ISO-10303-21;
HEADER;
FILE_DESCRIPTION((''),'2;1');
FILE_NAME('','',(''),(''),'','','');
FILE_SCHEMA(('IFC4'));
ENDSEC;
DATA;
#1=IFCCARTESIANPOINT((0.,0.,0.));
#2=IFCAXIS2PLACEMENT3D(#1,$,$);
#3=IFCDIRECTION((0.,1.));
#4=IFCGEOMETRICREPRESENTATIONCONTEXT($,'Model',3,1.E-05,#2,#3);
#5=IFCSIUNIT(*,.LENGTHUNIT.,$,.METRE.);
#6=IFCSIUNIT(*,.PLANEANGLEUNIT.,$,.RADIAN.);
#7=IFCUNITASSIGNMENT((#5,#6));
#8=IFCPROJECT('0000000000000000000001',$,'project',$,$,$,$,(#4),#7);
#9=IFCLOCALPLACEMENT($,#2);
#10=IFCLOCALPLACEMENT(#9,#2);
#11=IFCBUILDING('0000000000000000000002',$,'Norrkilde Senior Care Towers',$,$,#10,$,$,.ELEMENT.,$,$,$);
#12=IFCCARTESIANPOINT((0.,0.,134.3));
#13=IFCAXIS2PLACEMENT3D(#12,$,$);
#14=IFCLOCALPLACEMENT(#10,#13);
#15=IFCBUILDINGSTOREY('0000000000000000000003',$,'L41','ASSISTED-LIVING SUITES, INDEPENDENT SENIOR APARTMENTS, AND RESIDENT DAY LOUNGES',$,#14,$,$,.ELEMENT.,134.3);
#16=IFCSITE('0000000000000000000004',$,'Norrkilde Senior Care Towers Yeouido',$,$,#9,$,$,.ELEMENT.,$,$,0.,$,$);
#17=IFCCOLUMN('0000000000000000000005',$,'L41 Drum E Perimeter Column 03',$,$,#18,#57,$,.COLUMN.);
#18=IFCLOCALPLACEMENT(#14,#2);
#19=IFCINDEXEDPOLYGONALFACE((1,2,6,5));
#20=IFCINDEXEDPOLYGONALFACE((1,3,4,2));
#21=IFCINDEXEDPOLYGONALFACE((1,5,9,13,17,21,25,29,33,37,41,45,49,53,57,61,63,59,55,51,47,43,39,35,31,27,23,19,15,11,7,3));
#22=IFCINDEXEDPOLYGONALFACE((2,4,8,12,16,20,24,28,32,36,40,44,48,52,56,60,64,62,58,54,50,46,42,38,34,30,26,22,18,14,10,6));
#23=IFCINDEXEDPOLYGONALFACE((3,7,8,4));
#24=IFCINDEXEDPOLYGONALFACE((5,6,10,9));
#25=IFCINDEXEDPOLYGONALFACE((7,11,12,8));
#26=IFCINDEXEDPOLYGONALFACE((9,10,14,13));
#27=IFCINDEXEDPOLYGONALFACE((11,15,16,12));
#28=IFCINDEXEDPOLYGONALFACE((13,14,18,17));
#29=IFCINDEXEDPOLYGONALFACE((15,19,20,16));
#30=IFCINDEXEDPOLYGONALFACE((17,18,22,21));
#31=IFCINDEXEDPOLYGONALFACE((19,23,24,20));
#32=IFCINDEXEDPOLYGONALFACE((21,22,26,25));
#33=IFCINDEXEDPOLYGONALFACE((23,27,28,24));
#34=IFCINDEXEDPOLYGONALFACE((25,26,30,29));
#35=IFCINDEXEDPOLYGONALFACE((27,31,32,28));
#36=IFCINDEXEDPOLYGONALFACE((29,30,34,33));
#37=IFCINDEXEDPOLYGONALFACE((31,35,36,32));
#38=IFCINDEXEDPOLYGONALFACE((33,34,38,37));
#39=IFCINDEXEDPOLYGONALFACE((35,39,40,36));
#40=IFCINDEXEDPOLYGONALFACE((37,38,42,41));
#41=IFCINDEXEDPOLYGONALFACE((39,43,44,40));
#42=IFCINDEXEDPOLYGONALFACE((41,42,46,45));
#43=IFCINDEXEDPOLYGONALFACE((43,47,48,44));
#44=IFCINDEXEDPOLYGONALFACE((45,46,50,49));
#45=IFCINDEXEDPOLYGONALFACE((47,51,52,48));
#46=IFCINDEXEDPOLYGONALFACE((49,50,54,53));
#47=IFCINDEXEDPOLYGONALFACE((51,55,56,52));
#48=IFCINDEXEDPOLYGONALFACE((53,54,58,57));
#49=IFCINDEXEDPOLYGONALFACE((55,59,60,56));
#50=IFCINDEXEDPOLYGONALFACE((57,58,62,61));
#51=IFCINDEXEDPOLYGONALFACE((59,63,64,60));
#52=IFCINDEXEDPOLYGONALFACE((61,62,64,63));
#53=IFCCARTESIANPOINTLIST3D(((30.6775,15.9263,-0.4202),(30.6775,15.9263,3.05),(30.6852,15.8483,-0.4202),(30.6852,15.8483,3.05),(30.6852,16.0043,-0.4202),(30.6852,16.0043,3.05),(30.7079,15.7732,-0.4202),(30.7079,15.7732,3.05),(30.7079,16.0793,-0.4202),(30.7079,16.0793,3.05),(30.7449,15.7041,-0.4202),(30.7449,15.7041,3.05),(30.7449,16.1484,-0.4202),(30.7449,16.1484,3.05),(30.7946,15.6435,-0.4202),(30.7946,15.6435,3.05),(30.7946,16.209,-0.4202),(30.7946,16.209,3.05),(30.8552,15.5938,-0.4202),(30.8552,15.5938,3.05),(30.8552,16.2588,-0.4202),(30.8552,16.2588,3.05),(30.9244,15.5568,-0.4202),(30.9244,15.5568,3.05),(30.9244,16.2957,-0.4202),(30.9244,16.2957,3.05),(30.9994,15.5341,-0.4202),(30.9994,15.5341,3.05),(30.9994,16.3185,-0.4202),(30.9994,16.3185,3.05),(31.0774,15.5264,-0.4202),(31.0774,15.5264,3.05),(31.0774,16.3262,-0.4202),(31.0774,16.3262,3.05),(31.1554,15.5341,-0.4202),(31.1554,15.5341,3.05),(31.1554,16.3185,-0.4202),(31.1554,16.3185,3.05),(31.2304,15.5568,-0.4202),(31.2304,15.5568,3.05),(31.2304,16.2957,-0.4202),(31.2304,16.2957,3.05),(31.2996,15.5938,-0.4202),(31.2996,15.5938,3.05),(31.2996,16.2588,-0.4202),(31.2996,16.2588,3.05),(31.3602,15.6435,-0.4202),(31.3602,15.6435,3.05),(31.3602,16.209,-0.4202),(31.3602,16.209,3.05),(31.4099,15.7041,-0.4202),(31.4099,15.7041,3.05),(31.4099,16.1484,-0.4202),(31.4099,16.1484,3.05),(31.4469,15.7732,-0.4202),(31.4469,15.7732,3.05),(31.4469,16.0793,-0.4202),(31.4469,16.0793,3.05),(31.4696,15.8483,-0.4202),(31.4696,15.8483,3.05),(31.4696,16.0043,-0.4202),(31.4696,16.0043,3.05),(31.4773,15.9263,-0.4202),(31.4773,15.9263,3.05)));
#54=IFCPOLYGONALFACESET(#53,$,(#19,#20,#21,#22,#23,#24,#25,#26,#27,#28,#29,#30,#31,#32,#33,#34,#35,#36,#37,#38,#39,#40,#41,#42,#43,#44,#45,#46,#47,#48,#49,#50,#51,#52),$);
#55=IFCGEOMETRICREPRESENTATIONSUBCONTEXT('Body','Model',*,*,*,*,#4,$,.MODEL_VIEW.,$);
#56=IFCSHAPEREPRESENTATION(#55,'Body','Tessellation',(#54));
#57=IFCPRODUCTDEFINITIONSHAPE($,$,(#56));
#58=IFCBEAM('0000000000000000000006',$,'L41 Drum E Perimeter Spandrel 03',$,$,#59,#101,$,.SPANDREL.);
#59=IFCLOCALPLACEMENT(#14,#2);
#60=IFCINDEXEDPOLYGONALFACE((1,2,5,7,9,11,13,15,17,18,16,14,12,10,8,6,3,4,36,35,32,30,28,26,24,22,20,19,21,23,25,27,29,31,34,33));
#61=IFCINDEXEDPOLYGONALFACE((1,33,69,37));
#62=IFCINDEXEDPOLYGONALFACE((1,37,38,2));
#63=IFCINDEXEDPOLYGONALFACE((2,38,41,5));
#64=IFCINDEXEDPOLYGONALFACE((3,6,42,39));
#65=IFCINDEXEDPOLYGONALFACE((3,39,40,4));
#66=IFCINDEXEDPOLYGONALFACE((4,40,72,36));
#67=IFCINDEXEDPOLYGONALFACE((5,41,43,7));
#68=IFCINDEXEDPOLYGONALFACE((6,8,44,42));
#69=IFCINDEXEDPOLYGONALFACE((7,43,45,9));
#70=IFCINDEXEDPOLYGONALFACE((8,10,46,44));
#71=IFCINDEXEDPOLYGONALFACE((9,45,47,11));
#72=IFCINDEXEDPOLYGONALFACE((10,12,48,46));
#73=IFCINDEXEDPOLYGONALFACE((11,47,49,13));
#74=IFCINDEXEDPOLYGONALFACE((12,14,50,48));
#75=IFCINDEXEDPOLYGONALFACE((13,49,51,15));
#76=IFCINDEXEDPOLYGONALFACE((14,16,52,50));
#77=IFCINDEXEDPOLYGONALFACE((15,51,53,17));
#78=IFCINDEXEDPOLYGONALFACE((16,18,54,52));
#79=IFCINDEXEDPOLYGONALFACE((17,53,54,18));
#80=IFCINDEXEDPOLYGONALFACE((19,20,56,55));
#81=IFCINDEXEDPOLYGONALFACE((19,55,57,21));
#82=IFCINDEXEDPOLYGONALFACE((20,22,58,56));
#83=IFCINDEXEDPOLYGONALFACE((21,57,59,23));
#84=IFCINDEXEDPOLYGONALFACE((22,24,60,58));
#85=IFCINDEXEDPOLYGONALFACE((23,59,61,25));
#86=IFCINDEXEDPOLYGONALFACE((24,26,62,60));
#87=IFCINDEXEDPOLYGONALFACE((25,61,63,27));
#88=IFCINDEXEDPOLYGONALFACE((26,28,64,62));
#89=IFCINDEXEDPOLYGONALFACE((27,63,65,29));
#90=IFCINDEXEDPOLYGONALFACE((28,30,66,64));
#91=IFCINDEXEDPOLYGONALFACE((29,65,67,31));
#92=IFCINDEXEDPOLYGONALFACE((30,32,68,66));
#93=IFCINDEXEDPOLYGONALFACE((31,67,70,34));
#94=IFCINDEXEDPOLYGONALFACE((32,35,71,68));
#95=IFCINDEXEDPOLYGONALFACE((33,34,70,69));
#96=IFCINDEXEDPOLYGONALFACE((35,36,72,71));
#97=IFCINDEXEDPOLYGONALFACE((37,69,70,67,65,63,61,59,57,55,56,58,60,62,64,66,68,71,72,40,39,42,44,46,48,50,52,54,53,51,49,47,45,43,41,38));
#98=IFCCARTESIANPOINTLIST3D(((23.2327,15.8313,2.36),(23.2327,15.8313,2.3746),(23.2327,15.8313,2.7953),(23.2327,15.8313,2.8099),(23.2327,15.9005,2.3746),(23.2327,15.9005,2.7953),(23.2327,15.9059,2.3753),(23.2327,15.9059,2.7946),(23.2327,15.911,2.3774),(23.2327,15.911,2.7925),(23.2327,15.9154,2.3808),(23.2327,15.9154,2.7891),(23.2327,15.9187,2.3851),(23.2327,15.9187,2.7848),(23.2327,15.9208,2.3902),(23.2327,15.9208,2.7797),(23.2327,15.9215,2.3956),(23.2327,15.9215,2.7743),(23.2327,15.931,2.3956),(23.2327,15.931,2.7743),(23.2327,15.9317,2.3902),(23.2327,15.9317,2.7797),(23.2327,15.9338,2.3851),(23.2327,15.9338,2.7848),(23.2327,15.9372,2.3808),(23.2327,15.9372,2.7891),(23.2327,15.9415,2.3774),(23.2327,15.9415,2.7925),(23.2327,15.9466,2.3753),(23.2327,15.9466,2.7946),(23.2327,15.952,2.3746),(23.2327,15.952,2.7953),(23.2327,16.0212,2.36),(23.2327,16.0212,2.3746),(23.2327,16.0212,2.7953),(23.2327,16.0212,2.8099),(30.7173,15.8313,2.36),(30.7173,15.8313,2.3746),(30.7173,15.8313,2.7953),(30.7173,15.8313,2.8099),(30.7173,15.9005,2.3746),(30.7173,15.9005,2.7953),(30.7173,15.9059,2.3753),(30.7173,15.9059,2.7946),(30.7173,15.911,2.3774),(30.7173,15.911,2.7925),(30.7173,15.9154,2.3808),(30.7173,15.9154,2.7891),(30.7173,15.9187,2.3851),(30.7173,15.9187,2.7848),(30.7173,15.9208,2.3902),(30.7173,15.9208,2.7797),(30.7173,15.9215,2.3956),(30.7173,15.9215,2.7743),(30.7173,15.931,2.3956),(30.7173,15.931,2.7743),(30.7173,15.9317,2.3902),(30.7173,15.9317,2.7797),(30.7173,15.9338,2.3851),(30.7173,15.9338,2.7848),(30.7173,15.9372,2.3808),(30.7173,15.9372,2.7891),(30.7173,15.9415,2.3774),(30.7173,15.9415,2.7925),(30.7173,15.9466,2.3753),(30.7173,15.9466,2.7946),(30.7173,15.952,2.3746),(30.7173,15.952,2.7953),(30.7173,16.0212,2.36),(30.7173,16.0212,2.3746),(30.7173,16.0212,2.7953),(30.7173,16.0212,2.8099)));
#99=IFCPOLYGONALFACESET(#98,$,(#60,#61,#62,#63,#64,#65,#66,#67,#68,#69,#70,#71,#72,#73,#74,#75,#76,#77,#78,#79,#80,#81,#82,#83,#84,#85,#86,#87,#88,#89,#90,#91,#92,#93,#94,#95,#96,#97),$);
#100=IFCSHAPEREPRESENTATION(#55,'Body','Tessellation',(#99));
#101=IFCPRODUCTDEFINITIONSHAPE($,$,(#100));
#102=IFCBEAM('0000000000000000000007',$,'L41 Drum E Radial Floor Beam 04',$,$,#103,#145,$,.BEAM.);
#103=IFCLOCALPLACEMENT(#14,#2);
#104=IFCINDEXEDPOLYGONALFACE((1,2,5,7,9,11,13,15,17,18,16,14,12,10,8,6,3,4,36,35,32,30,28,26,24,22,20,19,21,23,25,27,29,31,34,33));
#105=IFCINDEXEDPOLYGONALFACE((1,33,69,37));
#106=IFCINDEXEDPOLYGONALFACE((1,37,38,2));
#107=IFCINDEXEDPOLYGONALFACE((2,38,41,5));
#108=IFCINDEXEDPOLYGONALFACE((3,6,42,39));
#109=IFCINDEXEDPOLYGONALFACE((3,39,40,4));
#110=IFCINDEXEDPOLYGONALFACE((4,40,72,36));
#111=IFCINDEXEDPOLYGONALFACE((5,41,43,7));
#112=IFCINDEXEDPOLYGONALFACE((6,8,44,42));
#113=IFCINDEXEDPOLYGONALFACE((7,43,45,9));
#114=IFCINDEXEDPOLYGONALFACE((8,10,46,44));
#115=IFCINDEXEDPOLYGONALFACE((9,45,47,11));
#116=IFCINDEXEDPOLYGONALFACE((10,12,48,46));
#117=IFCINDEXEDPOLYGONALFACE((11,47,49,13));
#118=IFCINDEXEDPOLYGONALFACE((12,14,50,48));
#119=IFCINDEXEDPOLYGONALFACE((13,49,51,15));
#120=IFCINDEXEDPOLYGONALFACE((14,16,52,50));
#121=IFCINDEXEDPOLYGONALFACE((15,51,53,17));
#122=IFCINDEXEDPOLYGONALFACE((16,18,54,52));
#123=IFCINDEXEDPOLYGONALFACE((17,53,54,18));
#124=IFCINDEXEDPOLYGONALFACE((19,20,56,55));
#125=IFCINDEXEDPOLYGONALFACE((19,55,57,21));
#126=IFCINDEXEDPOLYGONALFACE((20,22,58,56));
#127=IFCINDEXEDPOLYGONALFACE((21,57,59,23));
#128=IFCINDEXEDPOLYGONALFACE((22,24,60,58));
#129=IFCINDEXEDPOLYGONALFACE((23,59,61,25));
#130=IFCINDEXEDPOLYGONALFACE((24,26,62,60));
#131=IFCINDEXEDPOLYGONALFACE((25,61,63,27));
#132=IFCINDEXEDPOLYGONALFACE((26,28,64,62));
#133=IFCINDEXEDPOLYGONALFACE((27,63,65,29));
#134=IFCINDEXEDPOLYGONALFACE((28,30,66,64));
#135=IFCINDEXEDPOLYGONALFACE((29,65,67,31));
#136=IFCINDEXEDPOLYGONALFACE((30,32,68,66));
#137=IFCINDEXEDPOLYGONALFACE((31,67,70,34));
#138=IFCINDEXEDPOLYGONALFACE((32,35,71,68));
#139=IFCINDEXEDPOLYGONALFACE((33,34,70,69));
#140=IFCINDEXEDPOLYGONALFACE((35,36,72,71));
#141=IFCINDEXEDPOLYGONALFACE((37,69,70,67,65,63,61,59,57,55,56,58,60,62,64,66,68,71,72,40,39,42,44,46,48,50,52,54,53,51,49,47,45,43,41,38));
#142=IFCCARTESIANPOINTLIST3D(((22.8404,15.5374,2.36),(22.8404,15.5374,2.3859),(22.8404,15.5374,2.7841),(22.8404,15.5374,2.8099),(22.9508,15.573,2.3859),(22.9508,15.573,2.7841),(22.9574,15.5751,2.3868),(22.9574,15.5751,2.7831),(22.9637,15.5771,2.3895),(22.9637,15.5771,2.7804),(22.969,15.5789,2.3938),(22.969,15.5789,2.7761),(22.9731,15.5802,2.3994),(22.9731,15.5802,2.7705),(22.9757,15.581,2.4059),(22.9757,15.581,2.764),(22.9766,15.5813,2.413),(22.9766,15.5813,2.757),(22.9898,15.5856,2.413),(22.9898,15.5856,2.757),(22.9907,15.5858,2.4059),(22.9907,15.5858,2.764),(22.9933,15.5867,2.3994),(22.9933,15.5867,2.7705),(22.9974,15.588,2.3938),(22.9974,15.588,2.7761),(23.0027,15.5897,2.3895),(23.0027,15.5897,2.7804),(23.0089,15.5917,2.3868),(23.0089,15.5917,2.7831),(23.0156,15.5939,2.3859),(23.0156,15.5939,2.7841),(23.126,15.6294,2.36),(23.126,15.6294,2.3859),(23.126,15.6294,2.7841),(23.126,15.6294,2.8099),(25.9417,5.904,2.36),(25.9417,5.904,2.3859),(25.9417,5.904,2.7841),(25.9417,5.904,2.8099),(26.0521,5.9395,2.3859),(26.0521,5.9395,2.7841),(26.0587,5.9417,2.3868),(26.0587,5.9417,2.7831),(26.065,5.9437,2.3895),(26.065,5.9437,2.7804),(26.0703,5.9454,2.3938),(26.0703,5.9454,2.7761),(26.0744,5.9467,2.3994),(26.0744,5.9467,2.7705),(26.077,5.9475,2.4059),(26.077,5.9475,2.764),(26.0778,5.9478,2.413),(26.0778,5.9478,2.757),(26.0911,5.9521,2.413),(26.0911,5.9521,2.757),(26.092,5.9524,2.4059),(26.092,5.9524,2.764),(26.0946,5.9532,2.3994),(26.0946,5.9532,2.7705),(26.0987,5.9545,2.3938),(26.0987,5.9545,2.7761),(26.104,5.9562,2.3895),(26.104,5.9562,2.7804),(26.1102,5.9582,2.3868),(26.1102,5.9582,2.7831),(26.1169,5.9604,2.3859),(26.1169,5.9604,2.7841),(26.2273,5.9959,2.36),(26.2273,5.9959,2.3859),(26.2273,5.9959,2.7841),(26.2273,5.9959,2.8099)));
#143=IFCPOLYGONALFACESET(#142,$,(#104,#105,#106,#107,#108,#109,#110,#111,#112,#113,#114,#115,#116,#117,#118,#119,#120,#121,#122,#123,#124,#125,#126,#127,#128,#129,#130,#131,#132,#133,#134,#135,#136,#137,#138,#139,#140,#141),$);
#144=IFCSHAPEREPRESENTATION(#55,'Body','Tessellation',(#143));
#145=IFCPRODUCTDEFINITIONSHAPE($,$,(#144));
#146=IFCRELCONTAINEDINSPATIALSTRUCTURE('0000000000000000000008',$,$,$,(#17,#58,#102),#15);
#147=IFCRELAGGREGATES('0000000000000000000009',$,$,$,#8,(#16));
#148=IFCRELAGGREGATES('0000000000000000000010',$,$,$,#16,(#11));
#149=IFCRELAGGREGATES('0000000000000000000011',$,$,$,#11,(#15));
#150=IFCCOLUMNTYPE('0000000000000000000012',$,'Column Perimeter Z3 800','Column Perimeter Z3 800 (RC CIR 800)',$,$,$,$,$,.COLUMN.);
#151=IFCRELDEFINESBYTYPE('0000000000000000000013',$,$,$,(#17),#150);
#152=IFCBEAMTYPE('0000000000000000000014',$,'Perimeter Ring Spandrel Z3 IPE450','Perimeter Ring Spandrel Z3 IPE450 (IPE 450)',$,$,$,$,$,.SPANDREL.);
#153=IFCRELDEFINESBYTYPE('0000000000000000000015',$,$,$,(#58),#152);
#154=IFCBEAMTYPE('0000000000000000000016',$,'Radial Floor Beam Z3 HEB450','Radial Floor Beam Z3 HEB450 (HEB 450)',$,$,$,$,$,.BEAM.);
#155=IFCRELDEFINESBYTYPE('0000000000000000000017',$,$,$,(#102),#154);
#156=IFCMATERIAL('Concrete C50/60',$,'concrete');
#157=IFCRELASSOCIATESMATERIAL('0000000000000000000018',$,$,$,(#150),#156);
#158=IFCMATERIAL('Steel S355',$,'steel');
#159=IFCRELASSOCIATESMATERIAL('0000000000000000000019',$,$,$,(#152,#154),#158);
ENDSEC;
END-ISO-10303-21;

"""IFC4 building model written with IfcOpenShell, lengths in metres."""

from ifc_helpers import new_model, si_unit, direction, frame, origin, origin_2d, place, context, subcontext, project, spatial, circle, i_section, extrude, source, transform, mapped, material, material_profile, profile_set, type_object, type_shapes, element, save


model = new_model("IFC4")

# Units and contexts
model_context = context("Model", 3, precision=1e-05, world=origin(), true_north=direction((0.0, 1.0)))
body_context = subcontext(model_context, "Body", "Model", "MODEL_VIEW")
ifc_project = project(units=[si_unit("LENGTHUNIT", "METRE"), si_unit("PLANEANGLEUNIT", "RADIAN")], contexts=[model_context])

# Site, building, storey
site_placement = place(None, origin())
site = spatial("IfcSite", under=ifc_project, at=site_placement, Name="Norrkilde Senior Care Towers Yeouido", CompositionType="ELEMENT", RefElevation=0.0)
building_placement = place(site_placement, origin())
building = spatial("IfcBuilding", under=site, at=building_placement, Name="Norrkilde Senior Care Towers", CompositionType="ELEMENT")
storey_placement = place(building_placement, frame((0.0, 0.0, 134.3)))
storey = spatial("IfcBuildingStorey", under=building, at=storey_placement, Name="L41", Description="ASSISTED-LIVING SUITES, INDEPENDENT SENIOR APARTMENTS, AND RESIDENT DAY LOUNGES", CompositionType="ELEMENT", Elevation=134.3)

# Column
ifc_material_1 = material(Name="Concrete C50/60", Category="concrete")
ifc_material_profile_1 = material_profile(ifc_material_1, circle(Radius=0.3999, at=origin_2d()), Name="RC CIR 800")
ifc_profile_set_1 = profile_set([ifc_material_profile_1], Name="Concrete C50/60")
column_type = type_object("IfcColumnType", Name="Column Perimeter Z3 800", Description="Column Perimeter Z3 800 (RC CIR 800)", PredefinedType="COLUMN", material=ifc_profile_set_1)
shared_shape_1 = source(origin(), body_context, "Body", "SweptSolid", [
    extrude(circle(Radius=0.3999, at=origin_2d()), origin(), (0.0, 0.0, 1.0), 3.4702),
])
type_shapes(column_type, [shared_shape_1])
column_placement = place(storey_placement, frame((31.0774, 15.9263, -0.4202), z_axis=(0.0, 0.0, 1.0), x_axis=(1.0, 0.0, 0.0)))
element("IfcColumn", 1, at=column_placement, inside=storey, type_object=column_type, Name="L41 Drum E Perimeter Column 03", PredefinedType="COLUMN", context=body_context, shape_type="MappedRepresentation", body=[
    mapped(shared_shape_1, transform((0.0, 0.0, 0.0), x_axis=(1.0, 0.0, 0.0), y_axis=(0.0, 1.0, 0.0), z_axis=(0.0, 0.0, 1.0), scale=1.0)),
])

# Beams
ifc_material_2 = material(Name="Steel S355", Category="steel")
ifc_material_profile_2 = material_profile(ifc_material_2, i_section(OverallWidth=0.1899, OverallDepth=0.45, WebThickness=0.0095, FlangeThickness=0.0146, FilletRadius=0.021, at=origin_2d()), Name="IPE 450")
ifc_profile_set_2 = profile_set([ifc_material_profile_2], Name="Steel S355")
beam_type_1 = type_object("IfcBeamType", Name="Perimeter Ring Spandrel Z3 IPE450", Description="Perimeter Ring Spandrel Z3 IPE450 (IPE 450)", PredefinedType="SPANDREL", material=ifc_profile_set_2)
shared_shape_2 = source(origin(), body_context, "Body", "SweptSolid", [
    extrude(i_section(OverallWidth=0.1899, OverallDepth=0.45, WebThickness=0.0095, FlangeThickness=0.0146, FilletRadius=0.021, at=origin_2d()), origin(), (0.0, 0.0, 1.0), 7.4846),
])
type_shapes(beam_type_1, [shared_shape_2])
beam_1_placement = place(storey_placement, frame((30.7173, 15.9263, 2.585), z_axis=(-1.0, 0.0, 0.0), x_axis=(0.0, -1.0, 0.0)))
element("IfcBeam", 2, at=beam_1_placement, inside=storey, type_object=beam_type_1, Name="L41 Drum E Perimeter Spandrel 03", PredefinedType="SPANDREL", context=body_context, shape_type="MappedRepresentation", body=[
    mapped(shared_shape_2, transform((0.0, 0.0, 0.0), x_axis=(1.0, 0.0, 0.0), y_axis=(0.0, 1.0, 0.0), z_axis=(0.0, 0.0, 1.0), scale=1.0)),
])
ifc_material_profile_3 = material_profile(ifc_material_2, i_section(OverallWidth=0.3, OverallDepth=0.45, WebThickness=0.0139, FlangeThickness=0.0259, FilletRadius=0.0271, at=origin_2d()), Name="HEB 450")
ifc_profile_set_3 = profile_set([ifc_material_profile_3], Name="Steel S355")
beam_type_2 = type_object("IfcBeamType", Name="Radial Floor Beam Z3 HEB450", Description="Radial Floor Beam Z3 HEB450 (HEB 450)", PredefinedType="BEAM", material=ifc_profile_set_3)
shared_shape_3 = source(origin(), body_context, "Body", "SweptSolid", [
    extrude(i_section(OverallWidth=0.3, OverallDepth=0.45, WebThickness=0.0139, FlangeThickness=0.0259, FilletRadius=0.0271, at=origin_2d()), origin(), (0.0, 0.0, 1.0), 10.1204),
])
beam_2_placement = place(storey_placement, frame((26.0845, 5.95, 2.585), z_axis=(-0.306441, 0.95189, 0.0), x_axis=(-0.95189, -0.306441, 0.0)))
element("IfcBeam", 3, at=beam_2_placement, inside=storey, type_object=beam_type_2, Name="L41 Drum E Radial Floor Beam 04", PredefinedType="BEAM", context=body_context, shape_type="MappedRepresentation", body=[
    mapped(shared_shape_3, transform((0.0, 0.0, 0.0), x_axis=(1.0, 0.0, 0.0), y_axis=(0.0, 1.0, 0.0), z_axis=(0.0, 0.0, 1.0), scale=1.0)),
])

save(model, "model.ifc")
